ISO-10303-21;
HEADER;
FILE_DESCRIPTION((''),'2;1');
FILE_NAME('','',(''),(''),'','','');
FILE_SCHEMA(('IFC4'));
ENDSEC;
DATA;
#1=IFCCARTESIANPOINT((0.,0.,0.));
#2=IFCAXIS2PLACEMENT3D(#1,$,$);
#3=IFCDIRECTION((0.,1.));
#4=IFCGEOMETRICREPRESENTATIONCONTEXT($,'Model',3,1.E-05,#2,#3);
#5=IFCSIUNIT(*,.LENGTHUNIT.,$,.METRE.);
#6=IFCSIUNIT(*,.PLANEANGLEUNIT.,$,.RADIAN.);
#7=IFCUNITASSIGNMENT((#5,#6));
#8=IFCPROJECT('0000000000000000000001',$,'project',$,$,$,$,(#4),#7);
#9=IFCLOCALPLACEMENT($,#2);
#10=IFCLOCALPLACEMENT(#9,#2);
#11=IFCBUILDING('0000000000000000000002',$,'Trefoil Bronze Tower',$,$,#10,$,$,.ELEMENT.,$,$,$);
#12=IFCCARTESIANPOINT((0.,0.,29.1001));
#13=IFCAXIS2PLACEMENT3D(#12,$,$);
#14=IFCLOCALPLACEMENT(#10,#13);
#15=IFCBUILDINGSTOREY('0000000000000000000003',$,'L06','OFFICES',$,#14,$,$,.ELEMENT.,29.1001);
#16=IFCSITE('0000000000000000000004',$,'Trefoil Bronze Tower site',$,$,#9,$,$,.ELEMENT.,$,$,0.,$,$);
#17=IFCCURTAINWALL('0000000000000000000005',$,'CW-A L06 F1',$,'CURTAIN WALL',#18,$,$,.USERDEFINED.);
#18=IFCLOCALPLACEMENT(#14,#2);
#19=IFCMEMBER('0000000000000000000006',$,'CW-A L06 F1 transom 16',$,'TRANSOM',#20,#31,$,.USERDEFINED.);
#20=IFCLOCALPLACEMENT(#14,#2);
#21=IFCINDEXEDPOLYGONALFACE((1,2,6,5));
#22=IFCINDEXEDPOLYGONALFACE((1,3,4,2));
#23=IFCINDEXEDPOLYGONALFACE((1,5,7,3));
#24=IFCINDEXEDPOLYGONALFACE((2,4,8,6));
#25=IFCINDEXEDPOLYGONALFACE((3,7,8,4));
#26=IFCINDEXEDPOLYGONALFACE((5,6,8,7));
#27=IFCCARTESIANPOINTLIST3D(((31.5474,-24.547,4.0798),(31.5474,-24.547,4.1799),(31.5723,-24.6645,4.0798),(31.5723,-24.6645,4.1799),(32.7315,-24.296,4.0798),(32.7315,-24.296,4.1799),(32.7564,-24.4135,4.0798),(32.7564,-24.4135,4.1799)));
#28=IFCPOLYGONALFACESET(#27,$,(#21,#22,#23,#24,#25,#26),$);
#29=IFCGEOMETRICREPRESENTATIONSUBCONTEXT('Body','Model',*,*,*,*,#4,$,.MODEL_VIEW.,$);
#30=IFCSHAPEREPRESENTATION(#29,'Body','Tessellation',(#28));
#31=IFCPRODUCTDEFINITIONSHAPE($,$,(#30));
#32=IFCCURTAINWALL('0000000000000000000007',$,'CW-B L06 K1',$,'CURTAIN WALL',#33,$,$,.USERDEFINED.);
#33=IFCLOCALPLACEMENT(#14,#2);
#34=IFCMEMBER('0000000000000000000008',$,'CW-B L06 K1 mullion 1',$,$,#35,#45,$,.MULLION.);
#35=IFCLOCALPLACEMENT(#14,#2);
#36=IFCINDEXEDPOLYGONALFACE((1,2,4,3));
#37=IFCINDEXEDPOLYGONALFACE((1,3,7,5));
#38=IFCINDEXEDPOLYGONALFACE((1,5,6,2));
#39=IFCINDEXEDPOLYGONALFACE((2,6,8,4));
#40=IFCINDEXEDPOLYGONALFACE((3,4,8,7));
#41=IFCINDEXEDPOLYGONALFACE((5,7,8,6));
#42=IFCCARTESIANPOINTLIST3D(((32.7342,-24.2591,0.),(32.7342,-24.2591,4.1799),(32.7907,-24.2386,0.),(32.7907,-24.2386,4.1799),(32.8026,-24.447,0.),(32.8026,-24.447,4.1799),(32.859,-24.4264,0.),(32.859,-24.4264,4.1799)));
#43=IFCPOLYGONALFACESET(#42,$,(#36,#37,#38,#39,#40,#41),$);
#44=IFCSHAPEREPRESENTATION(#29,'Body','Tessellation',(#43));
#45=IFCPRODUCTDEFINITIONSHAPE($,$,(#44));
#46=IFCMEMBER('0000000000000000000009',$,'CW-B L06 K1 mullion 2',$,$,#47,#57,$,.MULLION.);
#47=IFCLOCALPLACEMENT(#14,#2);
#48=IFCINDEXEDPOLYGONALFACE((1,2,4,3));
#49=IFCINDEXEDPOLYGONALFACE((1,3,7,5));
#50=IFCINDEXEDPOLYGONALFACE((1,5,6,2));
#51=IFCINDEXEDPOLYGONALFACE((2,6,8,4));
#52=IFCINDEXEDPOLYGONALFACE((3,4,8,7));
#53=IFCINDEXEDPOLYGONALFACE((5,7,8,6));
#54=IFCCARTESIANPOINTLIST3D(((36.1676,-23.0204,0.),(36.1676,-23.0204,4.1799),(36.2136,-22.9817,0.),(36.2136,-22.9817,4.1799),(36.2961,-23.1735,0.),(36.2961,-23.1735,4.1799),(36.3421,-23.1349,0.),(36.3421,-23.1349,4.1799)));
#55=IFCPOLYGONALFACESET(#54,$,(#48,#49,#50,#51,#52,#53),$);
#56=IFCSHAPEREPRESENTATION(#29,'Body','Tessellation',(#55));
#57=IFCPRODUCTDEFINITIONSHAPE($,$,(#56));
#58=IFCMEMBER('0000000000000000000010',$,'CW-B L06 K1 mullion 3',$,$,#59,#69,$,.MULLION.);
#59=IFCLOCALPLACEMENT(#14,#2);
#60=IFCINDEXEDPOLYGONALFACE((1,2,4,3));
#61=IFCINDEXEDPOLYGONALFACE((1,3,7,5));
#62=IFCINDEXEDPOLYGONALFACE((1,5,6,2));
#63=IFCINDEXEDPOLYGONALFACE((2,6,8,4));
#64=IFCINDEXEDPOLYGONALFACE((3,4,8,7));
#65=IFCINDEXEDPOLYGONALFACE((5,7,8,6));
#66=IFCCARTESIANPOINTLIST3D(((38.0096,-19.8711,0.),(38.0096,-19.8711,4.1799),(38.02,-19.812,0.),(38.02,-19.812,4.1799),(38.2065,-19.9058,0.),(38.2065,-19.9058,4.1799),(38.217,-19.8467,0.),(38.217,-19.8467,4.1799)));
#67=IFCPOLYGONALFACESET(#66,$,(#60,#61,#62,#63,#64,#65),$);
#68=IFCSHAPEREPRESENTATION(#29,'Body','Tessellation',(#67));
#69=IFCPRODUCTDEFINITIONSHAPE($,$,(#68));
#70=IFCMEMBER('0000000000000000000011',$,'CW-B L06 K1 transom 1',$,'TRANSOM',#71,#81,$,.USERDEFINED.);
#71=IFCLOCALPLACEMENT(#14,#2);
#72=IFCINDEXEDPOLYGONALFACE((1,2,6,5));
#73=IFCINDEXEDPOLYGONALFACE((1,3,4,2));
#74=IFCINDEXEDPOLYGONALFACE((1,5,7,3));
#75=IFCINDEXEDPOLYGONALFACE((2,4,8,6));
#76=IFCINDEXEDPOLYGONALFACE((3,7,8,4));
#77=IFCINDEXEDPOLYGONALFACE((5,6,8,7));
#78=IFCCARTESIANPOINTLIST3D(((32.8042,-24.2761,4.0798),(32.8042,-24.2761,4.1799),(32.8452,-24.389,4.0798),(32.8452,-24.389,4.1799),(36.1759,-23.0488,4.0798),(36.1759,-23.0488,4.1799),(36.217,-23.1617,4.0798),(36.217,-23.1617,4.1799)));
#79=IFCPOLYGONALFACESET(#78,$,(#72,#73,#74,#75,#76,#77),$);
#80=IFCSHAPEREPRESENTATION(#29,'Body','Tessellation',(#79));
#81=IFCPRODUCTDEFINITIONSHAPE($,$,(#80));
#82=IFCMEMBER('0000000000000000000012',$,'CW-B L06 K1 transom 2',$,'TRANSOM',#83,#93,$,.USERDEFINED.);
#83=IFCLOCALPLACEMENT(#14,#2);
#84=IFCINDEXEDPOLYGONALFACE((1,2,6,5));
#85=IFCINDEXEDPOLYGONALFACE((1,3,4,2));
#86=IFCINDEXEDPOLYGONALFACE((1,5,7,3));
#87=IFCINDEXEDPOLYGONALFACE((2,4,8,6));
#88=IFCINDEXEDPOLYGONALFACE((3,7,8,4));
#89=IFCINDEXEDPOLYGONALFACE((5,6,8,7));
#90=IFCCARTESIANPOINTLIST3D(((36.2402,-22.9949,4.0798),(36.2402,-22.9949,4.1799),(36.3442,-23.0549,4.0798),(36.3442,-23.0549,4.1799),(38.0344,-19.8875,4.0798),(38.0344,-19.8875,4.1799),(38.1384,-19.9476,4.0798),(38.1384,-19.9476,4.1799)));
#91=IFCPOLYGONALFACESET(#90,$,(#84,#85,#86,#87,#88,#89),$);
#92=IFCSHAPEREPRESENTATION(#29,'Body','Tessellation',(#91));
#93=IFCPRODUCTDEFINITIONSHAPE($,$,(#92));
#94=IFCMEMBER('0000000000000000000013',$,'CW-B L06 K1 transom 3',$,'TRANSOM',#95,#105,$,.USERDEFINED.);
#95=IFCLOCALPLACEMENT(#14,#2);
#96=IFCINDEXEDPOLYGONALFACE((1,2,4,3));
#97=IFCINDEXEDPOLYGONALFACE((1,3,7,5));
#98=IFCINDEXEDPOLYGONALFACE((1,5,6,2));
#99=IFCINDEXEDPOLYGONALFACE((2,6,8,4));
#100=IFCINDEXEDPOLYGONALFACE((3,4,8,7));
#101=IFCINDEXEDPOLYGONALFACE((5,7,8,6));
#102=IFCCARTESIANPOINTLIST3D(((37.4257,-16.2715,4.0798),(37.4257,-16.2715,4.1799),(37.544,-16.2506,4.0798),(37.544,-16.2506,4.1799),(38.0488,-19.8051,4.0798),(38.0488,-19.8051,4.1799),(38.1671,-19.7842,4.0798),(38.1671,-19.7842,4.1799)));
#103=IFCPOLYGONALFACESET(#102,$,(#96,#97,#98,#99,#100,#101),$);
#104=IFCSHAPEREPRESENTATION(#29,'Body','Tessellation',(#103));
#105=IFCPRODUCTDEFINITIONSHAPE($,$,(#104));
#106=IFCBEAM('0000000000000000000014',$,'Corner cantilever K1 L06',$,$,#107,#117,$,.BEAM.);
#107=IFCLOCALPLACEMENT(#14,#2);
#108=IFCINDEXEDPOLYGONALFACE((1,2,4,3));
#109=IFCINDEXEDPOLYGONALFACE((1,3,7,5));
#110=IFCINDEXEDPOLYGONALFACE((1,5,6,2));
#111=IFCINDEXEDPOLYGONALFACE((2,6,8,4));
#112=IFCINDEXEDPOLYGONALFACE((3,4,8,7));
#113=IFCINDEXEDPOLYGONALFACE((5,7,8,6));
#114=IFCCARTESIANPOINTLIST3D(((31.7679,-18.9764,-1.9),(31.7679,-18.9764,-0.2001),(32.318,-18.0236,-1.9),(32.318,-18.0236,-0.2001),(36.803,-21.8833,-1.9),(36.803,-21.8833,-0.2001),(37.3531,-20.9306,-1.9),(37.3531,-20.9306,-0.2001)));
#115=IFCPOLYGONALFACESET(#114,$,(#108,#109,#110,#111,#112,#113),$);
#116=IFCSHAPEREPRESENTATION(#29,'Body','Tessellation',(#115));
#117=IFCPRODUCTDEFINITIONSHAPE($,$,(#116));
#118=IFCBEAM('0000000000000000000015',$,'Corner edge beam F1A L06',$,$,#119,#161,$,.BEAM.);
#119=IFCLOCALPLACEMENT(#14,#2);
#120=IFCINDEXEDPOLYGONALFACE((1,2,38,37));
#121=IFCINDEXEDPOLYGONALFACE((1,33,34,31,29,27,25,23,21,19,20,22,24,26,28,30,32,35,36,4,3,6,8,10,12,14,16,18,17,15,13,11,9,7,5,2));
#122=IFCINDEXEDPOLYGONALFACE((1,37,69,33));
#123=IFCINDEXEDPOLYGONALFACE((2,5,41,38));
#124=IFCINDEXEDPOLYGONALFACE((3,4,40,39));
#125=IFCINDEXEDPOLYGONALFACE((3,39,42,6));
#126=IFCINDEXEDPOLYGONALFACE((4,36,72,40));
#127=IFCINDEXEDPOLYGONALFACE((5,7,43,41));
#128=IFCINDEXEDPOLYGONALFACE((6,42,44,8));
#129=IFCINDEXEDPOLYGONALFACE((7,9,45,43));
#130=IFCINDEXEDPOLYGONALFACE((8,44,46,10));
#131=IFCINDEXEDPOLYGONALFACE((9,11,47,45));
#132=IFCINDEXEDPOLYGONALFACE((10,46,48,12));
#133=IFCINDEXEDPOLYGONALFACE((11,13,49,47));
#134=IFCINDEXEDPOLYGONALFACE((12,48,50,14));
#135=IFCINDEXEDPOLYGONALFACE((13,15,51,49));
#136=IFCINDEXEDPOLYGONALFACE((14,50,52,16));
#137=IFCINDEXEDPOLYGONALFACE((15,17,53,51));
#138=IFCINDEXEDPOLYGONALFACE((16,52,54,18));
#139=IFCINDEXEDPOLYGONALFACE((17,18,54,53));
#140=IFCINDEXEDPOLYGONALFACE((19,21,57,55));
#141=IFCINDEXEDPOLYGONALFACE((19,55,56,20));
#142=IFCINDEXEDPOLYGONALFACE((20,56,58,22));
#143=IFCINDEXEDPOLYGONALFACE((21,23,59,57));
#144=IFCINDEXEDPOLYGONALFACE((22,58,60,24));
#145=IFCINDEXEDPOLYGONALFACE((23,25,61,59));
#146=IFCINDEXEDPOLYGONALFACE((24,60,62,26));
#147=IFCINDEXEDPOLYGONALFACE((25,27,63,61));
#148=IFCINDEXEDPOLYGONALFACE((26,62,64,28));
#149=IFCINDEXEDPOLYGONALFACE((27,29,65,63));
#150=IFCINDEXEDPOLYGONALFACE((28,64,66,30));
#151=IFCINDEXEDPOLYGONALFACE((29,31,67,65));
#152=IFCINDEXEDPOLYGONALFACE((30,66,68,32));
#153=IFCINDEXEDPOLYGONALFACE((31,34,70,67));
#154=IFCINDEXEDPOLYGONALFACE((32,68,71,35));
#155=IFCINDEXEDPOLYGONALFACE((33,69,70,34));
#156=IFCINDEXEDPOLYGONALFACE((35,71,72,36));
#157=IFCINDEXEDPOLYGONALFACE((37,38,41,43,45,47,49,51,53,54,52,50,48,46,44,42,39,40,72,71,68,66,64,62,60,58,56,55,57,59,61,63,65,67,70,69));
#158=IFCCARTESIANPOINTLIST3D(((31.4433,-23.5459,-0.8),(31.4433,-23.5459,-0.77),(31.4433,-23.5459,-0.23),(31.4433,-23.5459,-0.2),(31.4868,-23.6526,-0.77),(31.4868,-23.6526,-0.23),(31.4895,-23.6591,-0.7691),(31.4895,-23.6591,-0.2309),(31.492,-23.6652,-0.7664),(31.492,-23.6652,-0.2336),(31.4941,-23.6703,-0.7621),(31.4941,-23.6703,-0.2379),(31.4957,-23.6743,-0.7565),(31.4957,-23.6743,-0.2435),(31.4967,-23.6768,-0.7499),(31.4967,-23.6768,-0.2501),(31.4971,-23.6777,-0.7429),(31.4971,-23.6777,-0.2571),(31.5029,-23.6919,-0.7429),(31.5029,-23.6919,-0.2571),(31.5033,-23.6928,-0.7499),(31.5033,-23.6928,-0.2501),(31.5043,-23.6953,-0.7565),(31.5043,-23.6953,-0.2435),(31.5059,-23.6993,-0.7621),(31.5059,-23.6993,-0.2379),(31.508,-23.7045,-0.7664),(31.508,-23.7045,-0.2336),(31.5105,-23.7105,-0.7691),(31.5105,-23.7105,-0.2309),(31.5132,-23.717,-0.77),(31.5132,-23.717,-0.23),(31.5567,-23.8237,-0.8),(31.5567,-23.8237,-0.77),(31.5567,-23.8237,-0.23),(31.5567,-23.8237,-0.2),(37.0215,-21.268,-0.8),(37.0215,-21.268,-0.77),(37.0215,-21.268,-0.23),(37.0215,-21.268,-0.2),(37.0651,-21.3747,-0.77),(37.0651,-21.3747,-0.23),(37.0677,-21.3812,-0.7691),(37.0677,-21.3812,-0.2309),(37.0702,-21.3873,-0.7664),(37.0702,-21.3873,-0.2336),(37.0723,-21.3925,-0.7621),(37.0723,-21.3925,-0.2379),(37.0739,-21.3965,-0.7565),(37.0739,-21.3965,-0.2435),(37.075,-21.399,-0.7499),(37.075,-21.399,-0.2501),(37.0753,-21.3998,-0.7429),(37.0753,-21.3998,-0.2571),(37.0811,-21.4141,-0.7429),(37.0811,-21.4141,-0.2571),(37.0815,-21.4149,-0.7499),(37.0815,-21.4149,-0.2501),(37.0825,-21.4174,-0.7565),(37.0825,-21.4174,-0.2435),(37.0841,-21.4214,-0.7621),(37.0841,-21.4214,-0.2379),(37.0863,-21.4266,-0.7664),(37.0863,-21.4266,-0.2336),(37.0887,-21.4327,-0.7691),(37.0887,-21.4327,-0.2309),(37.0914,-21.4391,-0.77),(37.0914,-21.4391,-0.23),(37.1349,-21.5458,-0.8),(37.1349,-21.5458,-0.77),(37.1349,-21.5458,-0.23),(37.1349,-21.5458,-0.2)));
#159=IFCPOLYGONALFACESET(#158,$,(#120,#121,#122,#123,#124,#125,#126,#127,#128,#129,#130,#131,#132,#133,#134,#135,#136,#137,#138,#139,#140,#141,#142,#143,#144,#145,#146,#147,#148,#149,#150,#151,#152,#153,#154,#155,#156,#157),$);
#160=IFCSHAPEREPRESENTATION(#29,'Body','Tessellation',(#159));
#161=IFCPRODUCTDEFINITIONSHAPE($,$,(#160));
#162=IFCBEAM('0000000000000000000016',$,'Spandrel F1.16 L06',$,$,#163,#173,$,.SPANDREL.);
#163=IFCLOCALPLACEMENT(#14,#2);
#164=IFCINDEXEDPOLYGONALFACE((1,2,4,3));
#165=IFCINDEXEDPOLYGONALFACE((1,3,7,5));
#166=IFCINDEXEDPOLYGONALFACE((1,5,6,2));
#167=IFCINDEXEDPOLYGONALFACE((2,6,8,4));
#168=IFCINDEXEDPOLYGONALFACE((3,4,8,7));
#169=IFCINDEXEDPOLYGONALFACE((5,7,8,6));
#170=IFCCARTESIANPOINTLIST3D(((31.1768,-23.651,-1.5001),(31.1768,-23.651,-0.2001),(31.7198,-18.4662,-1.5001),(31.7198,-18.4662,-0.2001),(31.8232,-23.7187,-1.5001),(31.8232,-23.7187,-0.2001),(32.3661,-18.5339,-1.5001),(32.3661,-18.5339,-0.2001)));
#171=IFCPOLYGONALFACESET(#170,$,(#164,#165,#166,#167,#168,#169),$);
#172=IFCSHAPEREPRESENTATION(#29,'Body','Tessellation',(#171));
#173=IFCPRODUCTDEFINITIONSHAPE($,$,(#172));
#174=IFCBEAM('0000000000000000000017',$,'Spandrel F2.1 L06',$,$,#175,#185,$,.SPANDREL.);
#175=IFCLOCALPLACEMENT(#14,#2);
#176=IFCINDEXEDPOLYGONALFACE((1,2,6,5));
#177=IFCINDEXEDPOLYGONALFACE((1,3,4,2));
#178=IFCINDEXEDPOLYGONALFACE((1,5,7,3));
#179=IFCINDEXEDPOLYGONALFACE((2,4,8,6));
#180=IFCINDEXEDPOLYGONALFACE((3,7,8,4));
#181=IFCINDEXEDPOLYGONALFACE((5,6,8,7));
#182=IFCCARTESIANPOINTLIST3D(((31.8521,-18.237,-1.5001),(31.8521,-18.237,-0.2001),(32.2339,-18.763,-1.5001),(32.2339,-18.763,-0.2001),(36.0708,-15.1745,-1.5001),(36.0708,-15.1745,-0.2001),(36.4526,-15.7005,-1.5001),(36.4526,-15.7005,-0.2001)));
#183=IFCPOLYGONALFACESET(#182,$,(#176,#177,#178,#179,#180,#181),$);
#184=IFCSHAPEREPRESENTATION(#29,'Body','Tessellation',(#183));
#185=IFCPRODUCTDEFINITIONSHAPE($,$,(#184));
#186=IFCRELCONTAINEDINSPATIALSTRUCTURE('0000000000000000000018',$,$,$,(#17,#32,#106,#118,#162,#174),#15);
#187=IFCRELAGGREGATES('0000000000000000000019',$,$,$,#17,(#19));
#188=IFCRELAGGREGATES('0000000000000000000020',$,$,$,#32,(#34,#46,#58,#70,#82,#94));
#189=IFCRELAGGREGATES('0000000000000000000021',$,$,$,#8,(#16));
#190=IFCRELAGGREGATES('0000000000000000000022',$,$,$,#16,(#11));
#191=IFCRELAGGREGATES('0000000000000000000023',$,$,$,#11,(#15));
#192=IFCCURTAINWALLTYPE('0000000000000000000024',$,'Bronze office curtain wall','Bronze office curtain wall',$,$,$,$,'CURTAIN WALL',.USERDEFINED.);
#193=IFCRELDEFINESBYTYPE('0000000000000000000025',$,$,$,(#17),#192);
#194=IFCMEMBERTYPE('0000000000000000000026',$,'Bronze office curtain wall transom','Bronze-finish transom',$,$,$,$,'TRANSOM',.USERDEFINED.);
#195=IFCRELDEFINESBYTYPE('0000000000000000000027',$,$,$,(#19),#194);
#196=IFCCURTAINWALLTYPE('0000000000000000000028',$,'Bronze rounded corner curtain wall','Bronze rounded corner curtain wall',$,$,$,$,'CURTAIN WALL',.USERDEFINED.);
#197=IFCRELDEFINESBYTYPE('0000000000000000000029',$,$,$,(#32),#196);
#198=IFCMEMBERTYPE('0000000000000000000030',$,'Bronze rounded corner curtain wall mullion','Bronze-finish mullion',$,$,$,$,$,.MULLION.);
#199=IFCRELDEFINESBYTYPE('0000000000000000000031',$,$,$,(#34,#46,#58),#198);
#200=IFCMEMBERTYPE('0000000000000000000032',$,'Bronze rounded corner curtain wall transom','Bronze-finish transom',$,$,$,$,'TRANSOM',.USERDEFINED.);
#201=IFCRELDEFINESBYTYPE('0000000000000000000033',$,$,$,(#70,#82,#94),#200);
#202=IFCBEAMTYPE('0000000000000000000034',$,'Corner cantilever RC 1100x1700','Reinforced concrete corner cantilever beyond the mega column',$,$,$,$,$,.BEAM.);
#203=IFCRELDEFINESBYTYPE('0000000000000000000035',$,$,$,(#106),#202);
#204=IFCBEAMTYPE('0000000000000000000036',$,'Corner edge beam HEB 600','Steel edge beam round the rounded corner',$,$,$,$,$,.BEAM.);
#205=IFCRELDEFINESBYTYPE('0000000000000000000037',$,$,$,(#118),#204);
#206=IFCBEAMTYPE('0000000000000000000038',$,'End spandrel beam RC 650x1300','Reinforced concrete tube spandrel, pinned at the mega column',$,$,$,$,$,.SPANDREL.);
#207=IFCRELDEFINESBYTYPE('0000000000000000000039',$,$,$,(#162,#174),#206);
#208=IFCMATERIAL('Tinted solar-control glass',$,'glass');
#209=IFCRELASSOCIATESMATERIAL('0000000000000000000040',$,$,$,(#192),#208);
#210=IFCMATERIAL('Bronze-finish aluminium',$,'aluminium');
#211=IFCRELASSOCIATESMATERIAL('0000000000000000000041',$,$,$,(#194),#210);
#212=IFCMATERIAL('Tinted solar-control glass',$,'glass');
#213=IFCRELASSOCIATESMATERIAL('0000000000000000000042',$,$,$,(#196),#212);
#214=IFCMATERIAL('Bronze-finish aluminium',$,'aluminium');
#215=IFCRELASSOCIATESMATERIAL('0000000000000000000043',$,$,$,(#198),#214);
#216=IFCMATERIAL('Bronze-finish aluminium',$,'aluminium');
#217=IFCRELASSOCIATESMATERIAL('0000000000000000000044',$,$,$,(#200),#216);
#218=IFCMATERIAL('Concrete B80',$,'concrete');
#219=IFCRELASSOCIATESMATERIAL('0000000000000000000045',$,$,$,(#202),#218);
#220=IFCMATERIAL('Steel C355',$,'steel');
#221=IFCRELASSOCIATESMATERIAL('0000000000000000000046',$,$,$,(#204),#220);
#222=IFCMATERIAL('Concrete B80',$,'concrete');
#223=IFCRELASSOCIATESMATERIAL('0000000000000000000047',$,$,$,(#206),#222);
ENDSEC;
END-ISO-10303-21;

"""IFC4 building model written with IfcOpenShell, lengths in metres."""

from ifc_helpers import new_model, si_unit, direction, frame, origin, origin_2d, place, context, subcontext, project, spatial, rectangle, i_section, extrude, material, material_profile, profile_set, type_object, element, aggregate, save


model = new_model("IFC4")

# Units and contexts
model_context = context("Model", 3, precision=1e-05, world=origin(), true_north=direction((0.0, 1.0)))
body_context = subcontext(model_context, "Body", "Model", "MODEL_VIEW")
ifc_project = project(units=[si_unit("LENGTHUNIT", "METRE"), si_unit("PLANEANGLEUNIT", "RADIAN")], contexts=[model_context])

# Site, building, storey
site_placement = place(None, origin())
site = spatial("IfcSite", under=ifc_project, at=site_placement, Name="Trefoil Bronze Tower site", CompositionType="ELEMENT", RefElevation=0.0)
building_placement = place(site_placement, origin())
building = spatial("IfcBuilding", under=site, at=building_placement, Name="Trefoil Bronze Tower", CompositionType="ELEMENT")
storey_placement = place(building_placement, frame((0.0, 0.0, 29.1001)))
storey = spatial("IfcBuildingStorey", under=building, at=storey_placement, Name="L06", Description="OFFICES", CompositionType="ELEMENT", Elevation=29.1001)

# Curtain walls, members
ifc_material_1 = material(Name="Tinted solar-control glass", Category="glass")
curtain_wall_type_1 = type_object("IfcCurtainWallType", Name="Bronze office curtain wall", Description="Bronze office curtain wall", ElementType="CURTAIN WALL", PredefinedType="USERDEFINED", material=ifc_material_1)
curtain_wall_1_placement = place(storey_placement, origin())
curtain_wall_1 = element("IfcCurtainWall", 1, at=curtain_wall_1_placement, inside=storey, type_object=curtain_wall_type_1, Name="CW-A L06 F1", ObjectType="CURTAIN WALL", PredefinedType="USERDEFINED")
ifc_material_2 = material(Name="Bronze-finish aluminium", Category="aluminium")
ifc_material_profile_1 = material_profile(ifc_material_2, rectangle(XDim=0.1201, YDim=0.1001, at=origin_2d()), Name="CW-A transom")
ifc_profile_set_1 = profile_set([ifc_material_profile_1], Name="Bronze-finish aluminium")
member_type_1 = type_object("IfcMemberType", Name="Bronze office curtain wall transom", Description="Bronze-finish transom", ElementType="TRANSOM", PredefinedType="USERDEFINED", material=ifc_profile_set_1)
member_1_placement = place(storey_placement, frame((31.5598, -24.6057, 4.1299), z_axis=(0.978266, 0.207352, 0.0), x_axis=(-0.207352, 0.978266, 0.0)))
member_1 = element("IfcMember", 2, at=member_1_placement, type_object=member_type_1, Name="CW-A L06 F1 transom 16", ObjectType="TRANSOM", PredefinedType="USERDEFINED", context=body_context, shape_type="SweptSolid", body=[
    extrude(rectangle(XDim=0.1201, YDim=0.1001, at=origin_2d()), origin(), (0.0, 0.0, 1.0), 1.2104),
])
ifc_material_3 = material(Name="Tinted solar-control glass", Category="glass")
curtain_wall_type_2 = type_object("IfcCurtainWallType", Name="Bronze rounded corner curtain wall", Description="Bronze rounded corner curtain wall", ElementType="CURTAIN WALL", PredefinedType="USERDEFINED", material=ifc_material_3)
curtain_wall_2_placement = place(storey_placement, origin())
curtain_wall_2 = element("IfcCurtainWall", 3, at=curtain_wall_2_placement, inside=storey, type_object=curtain_wall_type_2, Name="CW-B L06 K1", ObjectType="CURTAIN WALL", PredefinedType="USERDEFINED")
ifc_material_4 = material(Name="Bronze-finish aluminium", Category="aluminium")
ifc_material_profile_2 = material_profile(ifc_material_4, rectangle(XDim=0.2, YDim=0.0601, at=origin_2d()), Name="CW-B mullion")
ifc_profile_set_2 = profile_set([ifc_material_profile_2], Name="Bronze-finish aluminium")
member_type_2 = type_object("IfcMemberType", Name="Bronze rounded corner curtain wall mullion", Description="Bronze-finish mullion", PredefinedType="MULLION", material=ifc_profile_set_2)
member_2_placement = place(storey_placement, frame((32.7966, -24.3428, 0.0), z_axis=(0.0, 0.0, 1.0), x_axis=(-0.34202, 0.939693, 0.0)))
member_2 = element("IfcMember", 4, at=member_2_placement, type_object=member_type_2, Name="CW-B L06 K1 mullion 1", PredefinedType="MULLION", context=body_context, shape_type="SweptSolid", body=[
    extrude(rectangle(XDim=0.2, YDim=0.0601, at=origin_2d()), origin(), (0.0, 0.0, 1.0), 4.1799),
])
member_3_placement = place(storey_placement, frame((36.2549, -23.0776, 0.0), z_axis=(0.0, 0.0, 1.0), x_axis=(-0.642788, 0.766044, 0.0)))
member_3 = element("IfcMember", 5, at=member_3_placement, type_object=member_type_2, Name="CW-B L06 K1 mullion 2", PredefinedType="MULLION", context=body_context, shape_type="SweptSolid", body=[
    extrude(rectangle(XDim=0.2, YDim=0.0601, at=origin_2d()), origin(), (0.0, 0.0, 1.0), 4.1799),
])
member_4_placement = place(storey_placement, frame((38.1133, -19.8589, 0.0), z_axis=(0.0, 0.0, 1.0), x_axis=(-0.984808, 0.173648, 0.0)))
member_4 = element("IfcMember", 6, at=member_4_placement, type_object=member_type_2, Name="CW-B L06 K1 mullion 3", PredefinedType="MULLION", context=body_context, shape_type="SweptSolid", body=[
    extrude(rectangle(XDim=0.2, YDim=0.0601, at=origin_2d()), origin(), (0.0, 0.0, 1.0), 4.1799),
])
ifc_material_5 = material(Name="Bronze-finish aluminium", Category="aluminium")
ifc_material_profile_3 = material_profile(ifc_material_5, rectangle(XDim=0.1201, YDim=0.1001, at=origin_2d()), Name="CW-B transom")
ifc_profile_set_3 = profile_set([ifc_material_profile_3], Name="Bronze-finish aluminium")
member_type_3 = type_object("IfcMemberType", Name="Bronze rounded corner curtain wall transom", Description="Bronze-finish transom", ElementType="TRANSOM", PredefinedType="USERDEFINED", material=ifc_profile_set_3)
member_5_placement = place(storey_placement, frame((32.8247, -24.3325, 4.1299), z_axis=(0.939688, 0.342033, 0.0), x_axis=(-0.342033, 0.939688, 0.0)))
member_5 = element("IfcMember", 7, at=member_5_placement, type_object=member_type_3, Name="CW-B L06 K1 transom 1", ObjectType="TRANSOM", PredefinedType="USERDEFINED", context=body_context, shape_type="SweptSolid", body=[
    extrude(rectangle(XDim=0.1201, YDim=0.1001, at=origin_2d()), origin(), (0.0, 0.0, 1.0), 3.5881),
])
member_6_placement = place(storey_placement, frame((36.2922, -23.0249, 4.1299), z_axis=(0.500025, 0.866011, 0.0), x_axis=(-0.866011, 0.500025, 0.0)))
member_6 = element("IfcMember", 8, at=member_6_placement, type_object=member_type_3, Name="CW-B L06 K1 transom 2", ObjectType="TRANSOM", PredefinedType="USERDEFINED", context=body_context, shape_type="SweptSolid", body=[
    extrude(rectangle(XDim=0.1201, YDim=0.1001, at=origin_2d()), origin(), (0.0, 0.0, 1.0), 3.5881),
])
member_7_placement = place(storey_placement, frame((38.1079, -19.7947, 4.1299), z_axis=(-0.173638, 0.98481, 0.0), x_axis=(-0.98481, -0.173638, 0.0)))
member_7 = element("IfcMember", 9, at=member_7_placement, type_object=member_type_3, Name="CW-B L06 K1 transom 3", ObjectType="TRANSOM", PredefinedType="USERDEFINED", context=body_context, shape_type="SweptSolid", body=[
    extrude(rectangle(XDim=0.1201, YDim=0.1001, at=origin_2d()), origin(), (0.0, 0.0, 1.0), 3.5881),
])

# Beams
ifc_material_6 = material(Name="Concrete B80", Category="concrete")
ifc_material_profile_4 = material_profile(ifc_material_6, rectangle(XDim=1.1001, YDim=1.7, at=origin_2d()), Name="RC 1100x1700")
ifc_profile_set_4 = profile_set([ifc_material_profile_4], Name="Concrete B80")
beam_type_1 = type_object("IfcBeamType", Name="Corner cantilever RC 1100x1700", Description="Reinforced concrete corner cantilever beyond the mega column", PredefinedType="BEAM", material=ifc_profile_set_4)
beam_1_placement = place(storey_placement, frame((32.043, -18.5, -1.05), z_axis=(0.86603, -0.499991, 0.0), x_axis=(0.499991, 0.86603, 0.0)))
element("IfcBeam", 10, at=beam_1_placement, inside=storey, type_object=beam_type_1, Name="Corner cantilever K1 L06", PredefinedType="BEAM", context=body_context, shape_type="SweptSolid", body=[
    extrude(rectangle(XDim=1.1001, YDim=1.7, at=origin_2d()), origin(), (0.0, 0.0, 1.0), 5.814),
])
ifc_material_7 = material(Name="Steel C355", Category="steel")
ifc_material_profile_5 = material_profile(ifc_material_7, i_section(OverallWidth=0.3, OverallDepth=0.6001, WebThickness=0.0154, FlangeThickness=0.03, FilletRadius=0.0271, at=origin_2d()), Name="HEB 600")
ifc_profile_set_5 = profile_set([ifc_material_profile_5], Name="Steel C355")
beam_type_2 = type_object("IfcBeamType", Name="Corner edge beam HEB 600", Description="Steel edge beam round the rounded corner", PredefinedType="BEAM", material=ifc_profile_set_5)
beam_2_placement = place(storey_placement, frame((31.5, -23.6848, -0.5), z_axis=(0.925787, 0.378046, 0.0), x_axis=(-0.378046, 0.925787, 0.0)))
element("IfcBeam", 11, at=beam_2_placement, inside=storey, type_object=beam_type_2, Name="Corner edge beam F1A L06", PredefinedType="BEAM", context=body_context, shape_type="SweptSolid", body=[
    extrude(i_section(OverallWidth=0.3, OverallDepth=0.6001, WebThickness=0.0154, FlangeThickness=0.03, FilletRadius=0.0271, at=origin_2d()), origin(), (0.0, 0.0, 1.0), 6.0254),
])
ifc_material_8 = material(Name="Concrete B80", Category="concrete")
ifc_material_profile_6 = material_profile(ifc_material_8, rectangle(XDim=0.6499, YDim=1.3, at=origin_2d()), Name="RC 650x1300")
ifc_profile_set_6 = profile_set([ifc_material_profile_6], Name="Concrete B80")
beam_type_3 = type_object("IfcBeamType", Name="End spandrel beam RC 650x1300", Description="Reinforced concrete tube spandrel, pinned at the mega column", PredefinedType="SPANDREL", material=ifc_profile_set_6)
for number, where, z_axis, x_axis, name in (
    (12, (31.5, -23.6848, -0.8501), (0.104153, 0.994561, 0.0), (-0.994561, 0.104153, 0.0), "Spandrel F1.16 L06"),
    (13, (32.043, -18.5, -0.8501), (0.809254, 0.587459, 0.0), (-0.587459, 0.809254, 0.0), "Spandrel F2.1 L06"),
):
    element("IfcBeam", number, at=place(storey_placement, frame(where, z_axis=z_axis, x_axis=x_axis)), inside=storey, type_object=beam_type_3, Name=name, PredefinedType="SPANDREL", context=body_context, shape_type="SweptSolid", body=[
        extrude(rectangle(XDim=0.6499, YDim=1.3, at=origin_2d()), origin(), (0.0, 0.0, 1.0), 5.2131),
    ])

aggregate(curtain_wall_1, [member_1])
aggregate(curtain_wall_2, [member_2, member_3, member_4, member_5, member_6, member_7])

save(model, "model.ifc")
